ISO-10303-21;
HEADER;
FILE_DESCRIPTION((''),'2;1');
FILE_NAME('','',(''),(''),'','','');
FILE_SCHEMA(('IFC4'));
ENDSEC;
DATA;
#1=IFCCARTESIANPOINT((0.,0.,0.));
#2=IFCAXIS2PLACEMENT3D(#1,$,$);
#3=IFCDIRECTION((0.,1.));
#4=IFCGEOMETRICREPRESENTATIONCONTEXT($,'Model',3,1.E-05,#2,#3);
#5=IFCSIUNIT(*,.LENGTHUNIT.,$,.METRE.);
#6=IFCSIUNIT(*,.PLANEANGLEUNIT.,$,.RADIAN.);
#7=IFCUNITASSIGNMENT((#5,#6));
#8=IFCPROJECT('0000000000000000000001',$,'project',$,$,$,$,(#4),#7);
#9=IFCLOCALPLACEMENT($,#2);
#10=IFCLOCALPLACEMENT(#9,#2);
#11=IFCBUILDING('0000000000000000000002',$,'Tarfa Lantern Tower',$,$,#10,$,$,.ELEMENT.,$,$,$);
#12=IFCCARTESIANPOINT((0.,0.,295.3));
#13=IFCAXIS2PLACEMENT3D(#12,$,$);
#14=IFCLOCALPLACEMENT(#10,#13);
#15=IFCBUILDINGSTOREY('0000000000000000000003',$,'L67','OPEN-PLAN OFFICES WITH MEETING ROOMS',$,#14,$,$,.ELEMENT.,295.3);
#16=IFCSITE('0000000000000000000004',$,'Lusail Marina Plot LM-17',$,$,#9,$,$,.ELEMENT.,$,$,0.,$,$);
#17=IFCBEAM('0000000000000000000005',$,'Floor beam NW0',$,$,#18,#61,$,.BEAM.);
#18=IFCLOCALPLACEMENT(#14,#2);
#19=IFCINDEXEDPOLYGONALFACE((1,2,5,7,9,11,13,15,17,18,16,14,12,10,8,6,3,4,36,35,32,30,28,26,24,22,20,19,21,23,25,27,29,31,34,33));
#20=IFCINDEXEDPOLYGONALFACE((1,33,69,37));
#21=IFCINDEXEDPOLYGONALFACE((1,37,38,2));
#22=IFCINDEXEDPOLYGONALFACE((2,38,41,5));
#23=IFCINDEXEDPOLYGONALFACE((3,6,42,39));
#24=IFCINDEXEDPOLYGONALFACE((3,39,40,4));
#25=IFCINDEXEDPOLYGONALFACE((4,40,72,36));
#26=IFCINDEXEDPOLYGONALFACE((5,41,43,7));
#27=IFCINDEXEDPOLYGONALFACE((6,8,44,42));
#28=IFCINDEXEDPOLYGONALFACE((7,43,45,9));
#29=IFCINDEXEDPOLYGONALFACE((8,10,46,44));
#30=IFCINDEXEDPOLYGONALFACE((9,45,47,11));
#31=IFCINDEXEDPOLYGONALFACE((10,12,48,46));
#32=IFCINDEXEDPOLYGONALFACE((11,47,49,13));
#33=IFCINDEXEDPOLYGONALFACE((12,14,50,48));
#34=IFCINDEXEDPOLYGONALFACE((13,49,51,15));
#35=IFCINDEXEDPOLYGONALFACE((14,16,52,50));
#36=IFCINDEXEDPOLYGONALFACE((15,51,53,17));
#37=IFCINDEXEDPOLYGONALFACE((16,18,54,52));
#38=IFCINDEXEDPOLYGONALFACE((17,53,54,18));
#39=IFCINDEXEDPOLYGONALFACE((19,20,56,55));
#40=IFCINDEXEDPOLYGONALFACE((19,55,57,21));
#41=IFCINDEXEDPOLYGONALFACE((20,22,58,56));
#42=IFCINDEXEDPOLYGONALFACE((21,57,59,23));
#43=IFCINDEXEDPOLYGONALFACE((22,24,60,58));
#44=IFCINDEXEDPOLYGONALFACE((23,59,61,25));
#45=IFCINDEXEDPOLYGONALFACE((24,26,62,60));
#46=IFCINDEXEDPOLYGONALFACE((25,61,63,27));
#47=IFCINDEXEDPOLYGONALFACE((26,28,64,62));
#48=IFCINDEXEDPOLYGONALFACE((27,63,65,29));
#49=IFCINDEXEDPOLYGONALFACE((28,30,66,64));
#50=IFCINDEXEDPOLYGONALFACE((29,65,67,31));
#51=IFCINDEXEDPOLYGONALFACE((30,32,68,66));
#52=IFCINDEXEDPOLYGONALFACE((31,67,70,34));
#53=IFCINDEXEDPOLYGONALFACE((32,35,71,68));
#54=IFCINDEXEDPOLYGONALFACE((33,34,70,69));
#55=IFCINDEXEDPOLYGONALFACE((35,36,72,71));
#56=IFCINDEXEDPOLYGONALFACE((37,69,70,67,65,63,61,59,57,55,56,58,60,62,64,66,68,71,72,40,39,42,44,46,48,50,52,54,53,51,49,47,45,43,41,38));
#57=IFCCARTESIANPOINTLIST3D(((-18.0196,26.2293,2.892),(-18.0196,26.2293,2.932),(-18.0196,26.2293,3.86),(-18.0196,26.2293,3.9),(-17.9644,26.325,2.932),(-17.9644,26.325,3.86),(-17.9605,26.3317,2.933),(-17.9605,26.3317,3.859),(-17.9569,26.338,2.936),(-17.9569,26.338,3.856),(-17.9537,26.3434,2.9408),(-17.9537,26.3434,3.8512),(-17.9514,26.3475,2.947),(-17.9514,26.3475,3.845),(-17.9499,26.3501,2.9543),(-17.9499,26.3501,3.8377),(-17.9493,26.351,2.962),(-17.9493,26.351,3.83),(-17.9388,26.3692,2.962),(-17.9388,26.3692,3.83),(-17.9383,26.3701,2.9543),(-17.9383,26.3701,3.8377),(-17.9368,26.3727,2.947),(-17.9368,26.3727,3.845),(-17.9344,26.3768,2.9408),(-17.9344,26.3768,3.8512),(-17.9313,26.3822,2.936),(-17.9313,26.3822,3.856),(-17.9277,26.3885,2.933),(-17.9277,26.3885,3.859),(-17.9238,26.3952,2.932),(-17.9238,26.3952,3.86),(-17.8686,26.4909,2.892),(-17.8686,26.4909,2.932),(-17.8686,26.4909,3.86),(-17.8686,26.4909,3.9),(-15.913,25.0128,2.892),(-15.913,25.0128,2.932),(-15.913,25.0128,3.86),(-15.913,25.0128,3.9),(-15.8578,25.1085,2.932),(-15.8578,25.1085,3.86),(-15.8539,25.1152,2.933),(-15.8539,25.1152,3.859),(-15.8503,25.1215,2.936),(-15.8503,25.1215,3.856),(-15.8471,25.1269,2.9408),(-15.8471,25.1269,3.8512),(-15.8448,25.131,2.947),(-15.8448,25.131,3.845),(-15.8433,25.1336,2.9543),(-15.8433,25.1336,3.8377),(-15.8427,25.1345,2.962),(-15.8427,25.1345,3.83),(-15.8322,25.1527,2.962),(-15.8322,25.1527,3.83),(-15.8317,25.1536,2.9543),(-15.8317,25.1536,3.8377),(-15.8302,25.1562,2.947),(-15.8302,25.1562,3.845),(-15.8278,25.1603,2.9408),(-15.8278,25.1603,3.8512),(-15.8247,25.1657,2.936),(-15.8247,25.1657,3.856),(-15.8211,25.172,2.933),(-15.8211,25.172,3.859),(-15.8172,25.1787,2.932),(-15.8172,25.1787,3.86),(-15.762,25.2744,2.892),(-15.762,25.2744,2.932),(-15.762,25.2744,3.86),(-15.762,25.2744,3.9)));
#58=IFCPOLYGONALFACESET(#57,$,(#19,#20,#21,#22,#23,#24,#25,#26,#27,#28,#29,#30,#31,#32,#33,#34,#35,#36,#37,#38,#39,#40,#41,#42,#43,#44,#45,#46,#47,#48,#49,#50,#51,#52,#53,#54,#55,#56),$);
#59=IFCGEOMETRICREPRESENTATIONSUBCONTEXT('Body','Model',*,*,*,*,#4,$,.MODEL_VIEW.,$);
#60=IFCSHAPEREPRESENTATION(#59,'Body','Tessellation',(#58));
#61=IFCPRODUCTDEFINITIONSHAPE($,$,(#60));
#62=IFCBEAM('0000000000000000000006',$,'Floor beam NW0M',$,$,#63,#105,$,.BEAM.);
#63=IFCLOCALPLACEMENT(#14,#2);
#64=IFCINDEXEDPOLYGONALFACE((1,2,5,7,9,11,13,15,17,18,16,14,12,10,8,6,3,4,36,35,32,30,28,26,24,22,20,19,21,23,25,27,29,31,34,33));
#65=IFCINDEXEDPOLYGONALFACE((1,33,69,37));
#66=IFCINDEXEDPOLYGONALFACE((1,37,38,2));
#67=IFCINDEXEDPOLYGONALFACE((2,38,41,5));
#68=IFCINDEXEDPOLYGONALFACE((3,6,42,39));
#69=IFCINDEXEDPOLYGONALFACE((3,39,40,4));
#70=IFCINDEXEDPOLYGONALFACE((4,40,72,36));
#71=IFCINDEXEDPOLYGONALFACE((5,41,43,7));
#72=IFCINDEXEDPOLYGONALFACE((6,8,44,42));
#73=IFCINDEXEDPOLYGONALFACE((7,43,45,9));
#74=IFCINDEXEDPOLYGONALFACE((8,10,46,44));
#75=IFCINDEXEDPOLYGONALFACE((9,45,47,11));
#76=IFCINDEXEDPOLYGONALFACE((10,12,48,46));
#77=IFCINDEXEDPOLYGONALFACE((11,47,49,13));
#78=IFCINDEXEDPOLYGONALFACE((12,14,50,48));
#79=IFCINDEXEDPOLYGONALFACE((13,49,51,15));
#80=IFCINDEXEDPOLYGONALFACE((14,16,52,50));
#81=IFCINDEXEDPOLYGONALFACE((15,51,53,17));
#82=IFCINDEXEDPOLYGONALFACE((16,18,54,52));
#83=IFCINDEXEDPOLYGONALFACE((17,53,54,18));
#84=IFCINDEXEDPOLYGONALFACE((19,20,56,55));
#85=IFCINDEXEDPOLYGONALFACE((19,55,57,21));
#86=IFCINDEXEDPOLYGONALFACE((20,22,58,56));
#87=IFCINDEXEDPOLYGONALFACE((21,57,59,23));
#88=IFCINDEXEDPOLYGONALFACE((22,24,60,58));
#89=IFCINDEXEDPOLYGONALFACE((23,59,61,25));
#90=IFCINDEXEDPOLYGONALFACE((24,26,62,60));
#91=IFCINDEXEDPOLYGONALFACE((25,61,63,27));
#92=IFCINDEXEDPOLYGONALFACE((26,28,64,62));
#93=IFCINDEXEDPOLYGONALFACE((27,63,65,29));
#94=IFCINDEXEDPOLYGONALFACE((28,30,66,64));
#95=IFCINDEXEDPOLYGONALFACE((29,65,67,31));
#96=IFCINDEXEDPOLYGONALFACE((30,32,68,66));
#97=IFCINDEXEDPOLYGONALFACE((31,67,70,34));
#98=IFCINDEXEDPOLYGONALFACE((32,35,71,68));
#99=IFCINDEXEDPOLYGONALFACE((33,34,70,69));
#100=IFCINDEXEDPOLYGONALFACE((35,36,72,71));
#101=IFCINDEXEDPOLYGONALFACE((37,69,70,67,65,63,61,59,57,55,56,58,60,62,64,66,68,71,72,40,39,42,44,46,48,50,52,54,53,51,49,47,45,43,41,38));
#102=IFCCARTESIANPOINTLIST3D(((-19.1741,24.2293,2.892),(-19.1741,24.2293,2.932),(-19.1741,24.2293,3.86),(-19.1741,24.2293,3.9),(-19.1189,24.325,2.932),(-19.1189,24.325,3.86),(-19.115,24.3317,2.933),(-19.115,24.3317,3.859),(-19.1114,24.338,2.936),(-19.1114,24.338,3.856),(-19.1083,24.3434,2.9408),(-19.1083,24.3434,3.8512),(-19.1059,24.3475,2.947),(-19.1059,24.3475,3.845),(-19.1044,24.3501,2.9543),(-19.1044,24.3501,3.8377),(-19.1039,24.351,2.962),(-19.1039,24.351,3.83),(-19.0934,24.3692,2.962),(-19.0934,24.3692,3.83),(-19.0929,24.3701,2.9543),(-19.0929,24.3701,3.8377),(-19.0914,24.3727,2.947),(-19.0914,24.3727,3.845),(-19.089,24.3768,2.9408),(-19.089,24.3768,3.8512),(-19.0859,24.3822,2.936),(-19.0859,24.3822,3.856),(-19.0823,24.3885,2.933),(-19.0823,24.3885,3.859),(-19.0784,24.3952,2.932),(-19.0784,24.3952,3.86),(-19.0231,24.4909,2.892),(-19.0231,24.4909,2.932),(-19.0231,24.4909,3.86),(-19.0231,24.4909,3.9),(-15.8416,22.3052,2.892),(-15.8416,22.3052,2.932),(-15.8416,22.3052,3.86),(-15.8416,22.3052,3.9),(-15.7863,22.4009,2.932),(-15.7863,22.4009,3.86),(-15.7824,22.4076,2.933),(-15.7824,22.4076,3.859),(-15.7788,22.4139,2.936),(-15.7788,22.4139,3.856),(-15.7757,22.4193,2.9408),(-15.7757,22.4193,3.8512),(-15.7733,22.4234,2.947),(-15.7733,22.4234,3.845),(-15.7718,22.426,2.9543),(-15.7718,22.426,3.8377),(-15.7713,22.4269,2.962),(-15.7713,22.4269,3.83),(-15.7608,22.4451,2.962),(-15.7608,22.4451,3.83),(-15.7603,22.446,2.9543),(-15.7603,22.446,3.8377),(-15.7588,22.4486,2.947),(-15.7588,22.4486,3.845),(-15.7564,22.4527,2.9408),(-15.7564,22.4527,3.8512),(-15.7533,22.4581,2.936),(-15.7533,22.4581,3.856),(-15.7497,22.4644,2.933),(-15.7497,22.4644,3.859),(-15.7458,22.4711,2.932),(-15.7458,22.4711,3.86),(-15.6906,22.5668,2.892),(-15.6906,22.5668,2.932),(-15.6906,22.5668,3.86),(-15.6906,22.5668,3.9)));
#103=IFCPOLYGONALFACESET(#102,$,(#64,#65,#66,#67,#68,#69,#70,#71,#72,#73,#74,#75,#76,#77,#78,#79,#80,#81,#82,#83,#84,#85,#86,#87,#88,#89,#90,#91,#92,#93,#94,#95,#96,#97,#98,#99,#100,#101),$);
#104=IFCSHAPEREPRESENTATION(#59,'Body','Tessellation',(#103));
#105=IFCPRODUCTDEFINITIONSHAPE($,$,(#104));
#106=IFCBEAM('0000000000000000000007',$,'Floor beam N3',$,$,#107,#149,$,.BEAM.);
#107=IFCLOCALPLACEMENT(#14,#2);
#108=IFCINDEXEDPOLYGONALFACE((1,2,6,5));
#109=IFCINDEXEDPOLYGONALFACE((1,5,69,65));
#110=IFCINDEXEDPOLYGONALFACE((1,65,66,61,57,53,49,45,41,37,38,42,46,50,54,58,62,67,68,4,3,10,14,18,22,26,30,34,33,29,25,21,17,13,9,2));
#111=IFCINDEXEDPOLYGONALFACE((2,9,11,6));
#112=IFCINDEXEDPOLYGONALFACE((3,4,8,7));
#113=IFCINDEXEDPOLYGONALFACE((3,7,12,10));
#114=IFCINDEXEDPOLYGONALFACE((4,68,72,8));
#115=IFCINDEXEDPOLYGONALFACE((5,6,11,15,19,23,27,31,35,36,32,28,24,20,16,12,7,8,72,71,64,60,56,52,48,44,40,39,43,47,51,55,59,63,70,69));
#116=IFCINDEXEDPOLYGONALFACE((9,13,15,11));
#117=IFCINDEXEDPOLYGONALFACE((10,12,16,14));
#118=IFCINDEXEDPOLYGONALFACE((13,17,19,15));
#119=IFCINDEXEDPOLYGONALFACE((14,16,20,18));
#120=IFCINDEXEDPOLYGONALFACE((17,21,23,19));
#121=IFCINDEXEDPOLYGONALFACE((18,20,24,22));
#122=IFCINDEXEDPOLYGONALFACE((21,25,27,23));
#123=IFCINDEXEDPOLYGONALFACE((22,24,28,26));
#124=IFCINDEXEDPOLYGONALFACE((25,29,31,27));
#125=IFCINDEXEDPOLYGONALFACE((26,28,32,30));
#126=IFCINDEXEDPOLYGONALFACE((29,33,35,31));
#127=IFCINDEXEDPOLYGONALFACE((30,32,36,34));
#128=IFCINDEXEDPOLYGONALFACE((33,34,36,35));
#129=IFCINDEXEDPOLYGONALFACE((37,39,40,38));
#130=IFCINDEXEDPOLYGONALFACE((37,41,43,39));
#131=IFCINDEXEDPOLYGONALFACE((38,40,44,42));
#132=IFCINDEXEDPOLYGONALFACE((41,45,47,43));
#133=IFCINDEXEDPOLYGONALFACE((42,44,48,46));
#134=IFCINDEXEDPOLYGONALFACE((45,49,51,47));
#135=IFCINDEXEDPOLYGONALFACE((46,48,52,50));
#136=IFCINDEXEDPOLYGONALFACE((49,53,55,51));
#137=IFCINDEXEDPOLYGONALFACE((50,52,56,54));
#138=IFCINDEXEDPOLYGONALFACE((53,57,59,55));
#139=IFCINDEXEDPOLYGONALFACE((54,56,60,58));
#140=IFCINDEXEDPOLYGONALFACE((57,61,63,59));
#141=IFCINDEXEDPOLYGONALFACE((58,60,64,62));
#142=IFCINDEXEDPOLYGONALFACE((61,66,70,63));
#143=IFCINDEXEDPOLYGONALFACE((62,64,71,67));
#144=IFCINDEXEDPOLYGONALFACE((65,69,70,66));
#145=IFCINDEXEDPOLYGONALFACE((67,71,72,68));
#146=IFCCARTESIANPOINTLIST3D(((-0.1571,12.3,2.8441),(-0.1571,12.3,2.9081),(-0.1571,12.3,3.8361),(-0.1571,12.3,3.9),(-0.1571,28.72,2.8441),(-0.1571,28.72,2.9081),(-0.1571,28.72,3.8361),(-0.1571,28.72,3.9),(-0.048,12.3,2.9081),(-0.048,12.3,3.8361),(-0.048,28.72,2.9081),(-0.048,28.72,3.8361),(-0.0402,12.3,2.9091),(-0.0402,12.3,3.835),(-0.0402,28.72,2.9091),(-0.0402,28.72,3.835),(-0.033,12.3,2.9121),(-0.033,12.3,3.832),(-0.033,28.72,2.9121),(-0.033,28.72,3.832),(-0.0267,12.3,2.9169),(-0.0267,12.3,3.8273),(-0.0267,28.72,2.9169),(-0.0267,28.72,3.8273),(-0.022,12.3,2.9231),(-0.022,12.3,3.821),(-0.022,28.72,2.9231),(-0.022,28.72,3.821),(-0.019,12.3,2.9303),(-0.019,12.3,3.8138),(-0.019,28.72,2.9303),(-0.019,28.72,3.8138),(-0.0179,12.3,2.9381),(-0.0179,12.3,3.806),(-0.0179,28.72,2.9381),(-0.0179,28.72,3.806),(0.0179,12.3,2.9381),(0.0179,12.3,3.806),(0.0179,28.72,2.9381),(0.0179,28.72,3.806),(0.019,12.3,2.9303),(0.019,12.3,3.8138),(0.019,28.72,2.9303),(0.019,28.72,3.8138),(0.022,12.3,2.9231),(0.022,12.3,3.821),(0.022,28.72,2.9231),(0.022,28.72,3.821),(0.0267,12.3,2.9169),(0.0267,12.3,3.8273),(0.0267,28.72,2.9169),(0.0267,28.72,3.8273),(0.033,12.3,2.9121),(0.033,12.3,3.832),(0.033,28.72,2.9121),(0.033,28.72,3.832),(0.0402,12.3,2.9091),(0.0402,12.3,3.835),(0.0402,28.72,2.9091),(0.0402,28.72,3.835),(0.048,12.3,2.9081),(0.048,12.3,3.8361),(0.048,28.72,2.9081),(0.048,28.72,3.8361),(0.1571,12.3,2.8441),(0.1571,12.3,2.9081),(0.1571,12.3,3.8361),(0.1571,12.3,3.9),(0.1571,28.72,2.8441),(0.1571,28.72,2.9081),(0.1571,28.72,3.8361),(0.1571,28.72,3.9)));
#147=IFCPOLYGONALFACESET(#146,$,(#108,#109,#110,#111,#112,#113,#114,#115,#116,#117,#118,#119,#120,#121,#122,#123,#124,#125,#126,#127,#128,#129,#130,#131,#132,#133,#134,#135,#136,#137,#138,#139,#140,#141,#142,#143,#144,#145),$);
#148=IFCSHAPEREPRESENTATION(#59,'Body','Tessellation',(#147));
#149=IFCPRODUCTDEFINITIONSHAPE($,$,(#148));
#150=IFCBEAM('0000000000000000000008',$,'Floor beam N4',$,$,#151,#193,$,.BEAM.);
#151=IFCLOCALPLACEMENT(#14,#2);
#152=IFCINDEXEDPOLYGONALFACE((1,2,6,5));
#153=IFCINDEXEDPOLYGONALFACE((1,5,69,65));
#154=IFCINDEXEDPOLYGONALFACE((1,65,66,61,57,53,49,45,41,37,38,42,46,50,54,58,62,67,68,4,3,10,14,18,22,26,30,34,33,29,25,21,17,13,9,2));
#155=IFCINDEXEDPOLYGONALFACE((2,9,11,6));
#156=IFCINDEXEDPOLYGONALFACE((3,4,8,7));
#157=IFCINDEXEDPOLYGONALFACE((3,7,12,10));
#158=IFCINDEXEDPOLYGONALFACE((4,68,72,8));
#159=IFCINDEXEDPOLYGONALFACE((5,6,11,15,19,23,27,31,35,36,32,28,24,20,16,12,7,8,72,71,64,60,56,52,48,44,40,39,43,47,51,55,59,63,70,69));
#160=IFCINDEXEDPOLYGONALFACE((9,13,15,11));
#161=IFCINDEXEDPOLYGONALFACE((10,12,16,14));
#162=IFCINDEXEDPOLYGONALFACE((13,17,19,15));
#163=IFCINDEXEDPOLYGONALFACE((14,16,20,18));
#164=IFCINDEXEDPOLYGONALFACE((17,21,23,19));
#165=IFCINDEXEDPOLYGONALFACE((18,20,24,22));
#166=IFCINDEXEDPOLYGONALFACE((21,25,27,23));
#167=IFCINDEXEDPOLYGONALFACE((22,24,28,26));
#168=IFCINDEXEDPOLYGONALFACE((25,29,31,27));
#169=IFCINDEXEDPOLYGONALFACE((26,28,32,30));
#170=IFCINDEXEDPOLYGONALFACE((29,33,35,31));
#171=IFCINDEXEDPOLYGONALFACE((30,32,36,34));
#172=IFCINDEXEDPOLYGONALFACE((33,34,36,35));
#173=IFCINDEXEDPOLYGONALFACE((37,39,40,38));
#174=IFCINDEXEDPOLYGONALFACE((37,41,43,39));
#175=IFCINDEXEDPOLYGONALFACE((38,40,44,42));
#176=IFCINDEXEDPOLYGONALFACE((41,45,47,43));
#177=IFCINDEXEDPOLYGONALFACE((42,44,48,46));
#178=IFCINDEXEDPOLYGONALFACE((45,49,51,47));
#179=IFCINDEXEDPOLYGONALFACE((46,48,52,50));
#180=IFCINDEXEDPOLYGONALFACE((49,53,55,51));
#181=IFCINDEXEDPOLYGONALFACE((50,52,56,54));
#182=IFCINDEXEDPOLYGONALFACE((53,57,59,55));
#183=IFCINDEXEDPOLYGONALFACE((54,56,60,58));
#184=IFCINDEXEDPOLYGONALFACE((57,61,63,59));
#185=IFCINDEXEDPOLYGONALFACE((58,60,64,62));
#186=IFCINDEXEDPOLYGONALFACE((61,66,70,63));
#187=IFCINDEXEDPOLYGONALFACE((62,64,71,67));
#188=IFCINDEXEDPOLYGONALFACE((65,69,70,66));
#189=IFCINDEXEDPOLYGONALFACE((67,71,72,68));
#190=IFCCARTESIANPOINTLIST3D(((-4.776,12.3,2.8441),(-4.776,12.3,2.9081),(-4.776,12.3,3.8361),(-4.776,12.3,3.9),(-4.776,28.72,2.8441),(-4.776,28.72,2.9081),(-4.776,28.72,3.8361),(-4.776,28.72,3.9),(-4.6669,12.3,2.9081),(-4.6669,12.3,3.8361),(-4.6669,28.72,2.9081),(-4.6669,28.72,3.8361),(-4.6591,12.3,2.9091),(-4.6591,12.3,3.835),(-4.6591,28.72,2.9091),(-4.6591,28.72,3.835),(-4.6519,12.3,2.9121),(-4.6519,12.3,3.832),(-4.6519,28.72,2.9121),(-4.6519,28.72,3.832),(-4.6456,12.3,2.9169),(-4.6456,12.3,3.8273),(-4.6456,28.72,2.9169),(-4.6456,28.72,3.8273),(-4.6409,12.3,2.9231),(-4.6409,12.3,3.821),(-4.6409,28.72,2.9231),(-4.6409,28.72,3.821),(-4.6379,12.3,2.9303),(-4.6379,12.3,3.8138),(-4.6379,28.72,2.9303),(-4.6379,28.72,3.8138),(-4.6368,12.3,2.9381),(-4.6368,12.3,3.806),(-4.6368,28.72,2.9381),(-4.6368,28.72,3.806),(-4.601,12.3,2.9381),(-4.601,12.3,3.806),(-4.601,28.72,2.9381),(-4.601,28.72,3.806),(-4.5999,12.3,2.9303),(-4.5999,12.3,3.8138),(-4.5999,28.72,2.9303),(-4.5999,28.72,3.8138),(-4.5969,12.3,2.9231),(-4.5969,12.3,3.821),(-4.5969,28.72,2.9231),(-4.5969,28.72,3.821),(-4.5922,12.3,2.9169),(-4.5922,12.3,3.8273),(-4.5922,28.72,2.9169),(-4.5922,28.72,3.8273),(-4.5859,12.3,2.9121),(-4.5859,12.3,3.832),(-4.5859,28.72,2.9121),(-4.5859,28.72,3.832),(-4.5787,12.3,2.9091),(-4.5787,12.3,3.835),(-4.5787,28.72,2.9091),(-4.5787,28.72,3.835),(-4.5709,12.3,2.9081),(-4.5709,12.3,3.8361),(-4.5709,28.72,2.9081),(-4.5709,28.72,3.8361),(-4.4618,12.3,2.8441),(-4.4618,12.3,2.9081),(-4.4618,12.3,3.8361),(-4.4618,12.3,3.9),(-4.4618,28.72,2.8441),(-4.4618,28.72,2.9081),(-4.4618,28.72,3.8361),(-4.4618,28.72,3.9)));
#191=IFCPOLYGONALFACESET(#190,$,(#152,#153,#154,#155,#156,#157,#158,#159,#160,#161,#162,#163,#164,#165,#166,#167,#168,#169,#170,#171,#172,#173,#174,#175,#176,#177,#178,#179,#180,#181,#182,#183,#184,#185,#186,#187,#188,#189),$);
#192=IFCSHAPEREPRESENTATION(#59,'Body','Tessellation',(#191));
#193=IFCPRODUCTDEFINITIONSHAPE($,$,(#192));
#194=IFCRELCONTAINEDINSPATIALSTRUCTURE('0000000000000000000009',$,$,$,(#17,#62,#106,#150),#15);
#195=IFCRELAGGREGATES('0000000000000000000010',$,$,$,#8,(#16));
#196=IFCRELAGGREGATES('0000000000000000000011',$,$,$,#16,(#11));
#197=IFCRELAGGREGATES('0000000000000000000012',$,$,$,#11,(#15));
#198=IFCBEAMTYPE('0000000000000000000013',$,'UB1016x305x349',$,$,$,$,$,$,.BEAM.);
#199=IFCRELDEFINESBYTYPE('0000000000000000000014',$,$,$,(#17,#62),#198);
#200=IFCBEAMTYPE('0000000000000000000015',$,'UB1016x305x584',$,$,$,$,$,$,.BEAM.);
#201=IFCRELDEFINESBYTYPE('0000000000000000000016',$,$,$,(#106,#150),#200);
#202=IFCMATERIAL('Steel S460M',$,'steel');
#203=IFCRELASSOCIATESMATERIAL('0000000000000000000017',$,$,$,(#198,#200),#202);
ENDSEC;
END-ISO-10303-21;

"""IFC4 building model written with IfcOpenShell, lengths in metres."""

from ifc_helpers import new_model, si_unit, direction, frame, origin, origin_2d, place, context, subcontext, project, spatial, i_section, extrude, material, material_profile, profile_set, type_object, element, save


model = new_model("IFC4")

# Units and contexts
model_context = context("Model", 3, precision=1e-05, world=origin(), true_north=direction((0.0, 1.0)))
body_context = subcontext(model_context, "Body", "Model", "MODEL_VIEW")
ifc_project = project(units=[si_unit("LENGTHUNIT", "METRE"), si_unit("PLANEANGLEUNIT", "RADIAN")], contexts=[model_context])

# Site, building, storey
site_placement = place(None, origin())
site = spatial("IfcSite", under=ifc_project, at=site_placement, Name="Lusail Marina Plot LM-17", CompositionType="ELEMENT", RefElevation=0.0)
building_placement = place(site_placement, origin())
building = spatial("IfcBuilding", under=site, at=building_placement, Name="Tarfa Lantern Tower", CompositionType="ELEMENT")
storey_placement = place(building_placement, frame((0.0, 0.0, 295.3)))
storey = spatial("IfcBuildingStorey", under=building, at=storey_placement, Name="L67", Description="OPEN-PLAN OFFICES WITH MEETING ROOMS", CompositionType="ELEMENT", Elevation=295.3)

# Beams
ifc_material_1 = material(Name="Steel S460M", Category="steel")
ifc_material_profile_1 = material_profile(ifc_material_1, i_section(OverallWidth=0.302, OverallDepth=1.0081, WebThickness=0.021, FlangeThickness=0.04, FilletRadius=0.03, at=origin_2d()), Name="UB1016x305x349")
ifc_profile_set_1 = profile_set([ifc_material_profile_1], Name="Steel S460M")
beam_type_1 = type_object("IfcBeamType", Name="UB1016x305x349", PredefinedType="BEAM", material=ifc_profile_set_1)
beam_1_placement = place(storey_placement, frame((-17.9441, 26.3601, 3.396), z_axis=(0.86598, -0.500079, 0.0), x_axis=(0.500079, 0.86598, 0.0)))
element("IfcBeam", 1, at=beam_1_placement, inside=storey, type_object=beam_type_1, Name="Floor beam NW0", PredefinedType="BEAM", context=body_context, shape_type="SweptSolid", body=[
    extrude(i_section(OverallWidth=0.302, OverallDepth=1.0081, WebThickness=0.021, FlangeThickness=0.04, FilletRadius=0.03, at=origin_2d()), origin(), (0.0, 0.0, 1.0), 2.4326),
])
beam_2_placement = place(storey_placement, frame((-19.0986, 24.3601, 3.396), z_axis=(0.866021, -0.500008, 0.0), x_axis=(0.500008, 0.866021, 0.0)))
element("IfcBeam", 2, at=beam_2_placement, inside=storey, type_object=beam_type_1, Name="Floor beam NW0M", PredefinedType="BEAM", context=body_context, shape_type="SweptSolid", body=[
    extrude(i_section(OverallWidth=0.302, OverallDepth=1.0081, WebThickness=0.021, FlangeThickness=0.04, FilletRadius=0.03, at=origin_2d()), origin(), (0.0, 0.0, 1.0), 3.8481),
])
ifc_material_profile_2 = material_profile(ifc_material_1, i_section(OverallWidth=0.3142, OverallDepth=1.0559, WebThickness=0.0359, FlangeThickness=0.064, FilletRadius=0.03, at=origin_2d()), Name="UB1016x305x584")
ifc_profile_set_2 = profile_set([ifc_material_profile_2], Name="Steel S460M")
beam_type_2 = type_object("IfcBeamType", Name="UB1016x305x584", PredefinedType="BEAM", material=ifc_profile_set_2)
for number, where, z_axis, x_axis, name in (
    (3, (0.0, 28.72, 3.3721), (0.0, -1.0, 0.0), (1.0, 0.0, 0.0), "Floor beam N3"),
    (4, (-4.6189, 28.72, 3.3721), (0.0, -1.0, 0.0), (1.0, 0.0, 0.0), "Floor beam N4"),
):
    element("IfcBeam", number, at=place(storey_placement, frame(where, z_axis=z_axis, x_axis=x_axis)), inside=storey, type_object=beam_type_2, Name=name, PredefinedType="BEAM", context=body_context, shape_type="SweptSolid", body=[
        extrude(i_section(OverallWidth=0.3142, OverallDepth=1.0559, WebThickness=0.0359, FlangeThickness=0.064, FilletRadius=0.03, at=origin_2d()), origin(), (0.0, 0.0, 1.0), 16.4199),
    ])

save(model, "model.ifc")
